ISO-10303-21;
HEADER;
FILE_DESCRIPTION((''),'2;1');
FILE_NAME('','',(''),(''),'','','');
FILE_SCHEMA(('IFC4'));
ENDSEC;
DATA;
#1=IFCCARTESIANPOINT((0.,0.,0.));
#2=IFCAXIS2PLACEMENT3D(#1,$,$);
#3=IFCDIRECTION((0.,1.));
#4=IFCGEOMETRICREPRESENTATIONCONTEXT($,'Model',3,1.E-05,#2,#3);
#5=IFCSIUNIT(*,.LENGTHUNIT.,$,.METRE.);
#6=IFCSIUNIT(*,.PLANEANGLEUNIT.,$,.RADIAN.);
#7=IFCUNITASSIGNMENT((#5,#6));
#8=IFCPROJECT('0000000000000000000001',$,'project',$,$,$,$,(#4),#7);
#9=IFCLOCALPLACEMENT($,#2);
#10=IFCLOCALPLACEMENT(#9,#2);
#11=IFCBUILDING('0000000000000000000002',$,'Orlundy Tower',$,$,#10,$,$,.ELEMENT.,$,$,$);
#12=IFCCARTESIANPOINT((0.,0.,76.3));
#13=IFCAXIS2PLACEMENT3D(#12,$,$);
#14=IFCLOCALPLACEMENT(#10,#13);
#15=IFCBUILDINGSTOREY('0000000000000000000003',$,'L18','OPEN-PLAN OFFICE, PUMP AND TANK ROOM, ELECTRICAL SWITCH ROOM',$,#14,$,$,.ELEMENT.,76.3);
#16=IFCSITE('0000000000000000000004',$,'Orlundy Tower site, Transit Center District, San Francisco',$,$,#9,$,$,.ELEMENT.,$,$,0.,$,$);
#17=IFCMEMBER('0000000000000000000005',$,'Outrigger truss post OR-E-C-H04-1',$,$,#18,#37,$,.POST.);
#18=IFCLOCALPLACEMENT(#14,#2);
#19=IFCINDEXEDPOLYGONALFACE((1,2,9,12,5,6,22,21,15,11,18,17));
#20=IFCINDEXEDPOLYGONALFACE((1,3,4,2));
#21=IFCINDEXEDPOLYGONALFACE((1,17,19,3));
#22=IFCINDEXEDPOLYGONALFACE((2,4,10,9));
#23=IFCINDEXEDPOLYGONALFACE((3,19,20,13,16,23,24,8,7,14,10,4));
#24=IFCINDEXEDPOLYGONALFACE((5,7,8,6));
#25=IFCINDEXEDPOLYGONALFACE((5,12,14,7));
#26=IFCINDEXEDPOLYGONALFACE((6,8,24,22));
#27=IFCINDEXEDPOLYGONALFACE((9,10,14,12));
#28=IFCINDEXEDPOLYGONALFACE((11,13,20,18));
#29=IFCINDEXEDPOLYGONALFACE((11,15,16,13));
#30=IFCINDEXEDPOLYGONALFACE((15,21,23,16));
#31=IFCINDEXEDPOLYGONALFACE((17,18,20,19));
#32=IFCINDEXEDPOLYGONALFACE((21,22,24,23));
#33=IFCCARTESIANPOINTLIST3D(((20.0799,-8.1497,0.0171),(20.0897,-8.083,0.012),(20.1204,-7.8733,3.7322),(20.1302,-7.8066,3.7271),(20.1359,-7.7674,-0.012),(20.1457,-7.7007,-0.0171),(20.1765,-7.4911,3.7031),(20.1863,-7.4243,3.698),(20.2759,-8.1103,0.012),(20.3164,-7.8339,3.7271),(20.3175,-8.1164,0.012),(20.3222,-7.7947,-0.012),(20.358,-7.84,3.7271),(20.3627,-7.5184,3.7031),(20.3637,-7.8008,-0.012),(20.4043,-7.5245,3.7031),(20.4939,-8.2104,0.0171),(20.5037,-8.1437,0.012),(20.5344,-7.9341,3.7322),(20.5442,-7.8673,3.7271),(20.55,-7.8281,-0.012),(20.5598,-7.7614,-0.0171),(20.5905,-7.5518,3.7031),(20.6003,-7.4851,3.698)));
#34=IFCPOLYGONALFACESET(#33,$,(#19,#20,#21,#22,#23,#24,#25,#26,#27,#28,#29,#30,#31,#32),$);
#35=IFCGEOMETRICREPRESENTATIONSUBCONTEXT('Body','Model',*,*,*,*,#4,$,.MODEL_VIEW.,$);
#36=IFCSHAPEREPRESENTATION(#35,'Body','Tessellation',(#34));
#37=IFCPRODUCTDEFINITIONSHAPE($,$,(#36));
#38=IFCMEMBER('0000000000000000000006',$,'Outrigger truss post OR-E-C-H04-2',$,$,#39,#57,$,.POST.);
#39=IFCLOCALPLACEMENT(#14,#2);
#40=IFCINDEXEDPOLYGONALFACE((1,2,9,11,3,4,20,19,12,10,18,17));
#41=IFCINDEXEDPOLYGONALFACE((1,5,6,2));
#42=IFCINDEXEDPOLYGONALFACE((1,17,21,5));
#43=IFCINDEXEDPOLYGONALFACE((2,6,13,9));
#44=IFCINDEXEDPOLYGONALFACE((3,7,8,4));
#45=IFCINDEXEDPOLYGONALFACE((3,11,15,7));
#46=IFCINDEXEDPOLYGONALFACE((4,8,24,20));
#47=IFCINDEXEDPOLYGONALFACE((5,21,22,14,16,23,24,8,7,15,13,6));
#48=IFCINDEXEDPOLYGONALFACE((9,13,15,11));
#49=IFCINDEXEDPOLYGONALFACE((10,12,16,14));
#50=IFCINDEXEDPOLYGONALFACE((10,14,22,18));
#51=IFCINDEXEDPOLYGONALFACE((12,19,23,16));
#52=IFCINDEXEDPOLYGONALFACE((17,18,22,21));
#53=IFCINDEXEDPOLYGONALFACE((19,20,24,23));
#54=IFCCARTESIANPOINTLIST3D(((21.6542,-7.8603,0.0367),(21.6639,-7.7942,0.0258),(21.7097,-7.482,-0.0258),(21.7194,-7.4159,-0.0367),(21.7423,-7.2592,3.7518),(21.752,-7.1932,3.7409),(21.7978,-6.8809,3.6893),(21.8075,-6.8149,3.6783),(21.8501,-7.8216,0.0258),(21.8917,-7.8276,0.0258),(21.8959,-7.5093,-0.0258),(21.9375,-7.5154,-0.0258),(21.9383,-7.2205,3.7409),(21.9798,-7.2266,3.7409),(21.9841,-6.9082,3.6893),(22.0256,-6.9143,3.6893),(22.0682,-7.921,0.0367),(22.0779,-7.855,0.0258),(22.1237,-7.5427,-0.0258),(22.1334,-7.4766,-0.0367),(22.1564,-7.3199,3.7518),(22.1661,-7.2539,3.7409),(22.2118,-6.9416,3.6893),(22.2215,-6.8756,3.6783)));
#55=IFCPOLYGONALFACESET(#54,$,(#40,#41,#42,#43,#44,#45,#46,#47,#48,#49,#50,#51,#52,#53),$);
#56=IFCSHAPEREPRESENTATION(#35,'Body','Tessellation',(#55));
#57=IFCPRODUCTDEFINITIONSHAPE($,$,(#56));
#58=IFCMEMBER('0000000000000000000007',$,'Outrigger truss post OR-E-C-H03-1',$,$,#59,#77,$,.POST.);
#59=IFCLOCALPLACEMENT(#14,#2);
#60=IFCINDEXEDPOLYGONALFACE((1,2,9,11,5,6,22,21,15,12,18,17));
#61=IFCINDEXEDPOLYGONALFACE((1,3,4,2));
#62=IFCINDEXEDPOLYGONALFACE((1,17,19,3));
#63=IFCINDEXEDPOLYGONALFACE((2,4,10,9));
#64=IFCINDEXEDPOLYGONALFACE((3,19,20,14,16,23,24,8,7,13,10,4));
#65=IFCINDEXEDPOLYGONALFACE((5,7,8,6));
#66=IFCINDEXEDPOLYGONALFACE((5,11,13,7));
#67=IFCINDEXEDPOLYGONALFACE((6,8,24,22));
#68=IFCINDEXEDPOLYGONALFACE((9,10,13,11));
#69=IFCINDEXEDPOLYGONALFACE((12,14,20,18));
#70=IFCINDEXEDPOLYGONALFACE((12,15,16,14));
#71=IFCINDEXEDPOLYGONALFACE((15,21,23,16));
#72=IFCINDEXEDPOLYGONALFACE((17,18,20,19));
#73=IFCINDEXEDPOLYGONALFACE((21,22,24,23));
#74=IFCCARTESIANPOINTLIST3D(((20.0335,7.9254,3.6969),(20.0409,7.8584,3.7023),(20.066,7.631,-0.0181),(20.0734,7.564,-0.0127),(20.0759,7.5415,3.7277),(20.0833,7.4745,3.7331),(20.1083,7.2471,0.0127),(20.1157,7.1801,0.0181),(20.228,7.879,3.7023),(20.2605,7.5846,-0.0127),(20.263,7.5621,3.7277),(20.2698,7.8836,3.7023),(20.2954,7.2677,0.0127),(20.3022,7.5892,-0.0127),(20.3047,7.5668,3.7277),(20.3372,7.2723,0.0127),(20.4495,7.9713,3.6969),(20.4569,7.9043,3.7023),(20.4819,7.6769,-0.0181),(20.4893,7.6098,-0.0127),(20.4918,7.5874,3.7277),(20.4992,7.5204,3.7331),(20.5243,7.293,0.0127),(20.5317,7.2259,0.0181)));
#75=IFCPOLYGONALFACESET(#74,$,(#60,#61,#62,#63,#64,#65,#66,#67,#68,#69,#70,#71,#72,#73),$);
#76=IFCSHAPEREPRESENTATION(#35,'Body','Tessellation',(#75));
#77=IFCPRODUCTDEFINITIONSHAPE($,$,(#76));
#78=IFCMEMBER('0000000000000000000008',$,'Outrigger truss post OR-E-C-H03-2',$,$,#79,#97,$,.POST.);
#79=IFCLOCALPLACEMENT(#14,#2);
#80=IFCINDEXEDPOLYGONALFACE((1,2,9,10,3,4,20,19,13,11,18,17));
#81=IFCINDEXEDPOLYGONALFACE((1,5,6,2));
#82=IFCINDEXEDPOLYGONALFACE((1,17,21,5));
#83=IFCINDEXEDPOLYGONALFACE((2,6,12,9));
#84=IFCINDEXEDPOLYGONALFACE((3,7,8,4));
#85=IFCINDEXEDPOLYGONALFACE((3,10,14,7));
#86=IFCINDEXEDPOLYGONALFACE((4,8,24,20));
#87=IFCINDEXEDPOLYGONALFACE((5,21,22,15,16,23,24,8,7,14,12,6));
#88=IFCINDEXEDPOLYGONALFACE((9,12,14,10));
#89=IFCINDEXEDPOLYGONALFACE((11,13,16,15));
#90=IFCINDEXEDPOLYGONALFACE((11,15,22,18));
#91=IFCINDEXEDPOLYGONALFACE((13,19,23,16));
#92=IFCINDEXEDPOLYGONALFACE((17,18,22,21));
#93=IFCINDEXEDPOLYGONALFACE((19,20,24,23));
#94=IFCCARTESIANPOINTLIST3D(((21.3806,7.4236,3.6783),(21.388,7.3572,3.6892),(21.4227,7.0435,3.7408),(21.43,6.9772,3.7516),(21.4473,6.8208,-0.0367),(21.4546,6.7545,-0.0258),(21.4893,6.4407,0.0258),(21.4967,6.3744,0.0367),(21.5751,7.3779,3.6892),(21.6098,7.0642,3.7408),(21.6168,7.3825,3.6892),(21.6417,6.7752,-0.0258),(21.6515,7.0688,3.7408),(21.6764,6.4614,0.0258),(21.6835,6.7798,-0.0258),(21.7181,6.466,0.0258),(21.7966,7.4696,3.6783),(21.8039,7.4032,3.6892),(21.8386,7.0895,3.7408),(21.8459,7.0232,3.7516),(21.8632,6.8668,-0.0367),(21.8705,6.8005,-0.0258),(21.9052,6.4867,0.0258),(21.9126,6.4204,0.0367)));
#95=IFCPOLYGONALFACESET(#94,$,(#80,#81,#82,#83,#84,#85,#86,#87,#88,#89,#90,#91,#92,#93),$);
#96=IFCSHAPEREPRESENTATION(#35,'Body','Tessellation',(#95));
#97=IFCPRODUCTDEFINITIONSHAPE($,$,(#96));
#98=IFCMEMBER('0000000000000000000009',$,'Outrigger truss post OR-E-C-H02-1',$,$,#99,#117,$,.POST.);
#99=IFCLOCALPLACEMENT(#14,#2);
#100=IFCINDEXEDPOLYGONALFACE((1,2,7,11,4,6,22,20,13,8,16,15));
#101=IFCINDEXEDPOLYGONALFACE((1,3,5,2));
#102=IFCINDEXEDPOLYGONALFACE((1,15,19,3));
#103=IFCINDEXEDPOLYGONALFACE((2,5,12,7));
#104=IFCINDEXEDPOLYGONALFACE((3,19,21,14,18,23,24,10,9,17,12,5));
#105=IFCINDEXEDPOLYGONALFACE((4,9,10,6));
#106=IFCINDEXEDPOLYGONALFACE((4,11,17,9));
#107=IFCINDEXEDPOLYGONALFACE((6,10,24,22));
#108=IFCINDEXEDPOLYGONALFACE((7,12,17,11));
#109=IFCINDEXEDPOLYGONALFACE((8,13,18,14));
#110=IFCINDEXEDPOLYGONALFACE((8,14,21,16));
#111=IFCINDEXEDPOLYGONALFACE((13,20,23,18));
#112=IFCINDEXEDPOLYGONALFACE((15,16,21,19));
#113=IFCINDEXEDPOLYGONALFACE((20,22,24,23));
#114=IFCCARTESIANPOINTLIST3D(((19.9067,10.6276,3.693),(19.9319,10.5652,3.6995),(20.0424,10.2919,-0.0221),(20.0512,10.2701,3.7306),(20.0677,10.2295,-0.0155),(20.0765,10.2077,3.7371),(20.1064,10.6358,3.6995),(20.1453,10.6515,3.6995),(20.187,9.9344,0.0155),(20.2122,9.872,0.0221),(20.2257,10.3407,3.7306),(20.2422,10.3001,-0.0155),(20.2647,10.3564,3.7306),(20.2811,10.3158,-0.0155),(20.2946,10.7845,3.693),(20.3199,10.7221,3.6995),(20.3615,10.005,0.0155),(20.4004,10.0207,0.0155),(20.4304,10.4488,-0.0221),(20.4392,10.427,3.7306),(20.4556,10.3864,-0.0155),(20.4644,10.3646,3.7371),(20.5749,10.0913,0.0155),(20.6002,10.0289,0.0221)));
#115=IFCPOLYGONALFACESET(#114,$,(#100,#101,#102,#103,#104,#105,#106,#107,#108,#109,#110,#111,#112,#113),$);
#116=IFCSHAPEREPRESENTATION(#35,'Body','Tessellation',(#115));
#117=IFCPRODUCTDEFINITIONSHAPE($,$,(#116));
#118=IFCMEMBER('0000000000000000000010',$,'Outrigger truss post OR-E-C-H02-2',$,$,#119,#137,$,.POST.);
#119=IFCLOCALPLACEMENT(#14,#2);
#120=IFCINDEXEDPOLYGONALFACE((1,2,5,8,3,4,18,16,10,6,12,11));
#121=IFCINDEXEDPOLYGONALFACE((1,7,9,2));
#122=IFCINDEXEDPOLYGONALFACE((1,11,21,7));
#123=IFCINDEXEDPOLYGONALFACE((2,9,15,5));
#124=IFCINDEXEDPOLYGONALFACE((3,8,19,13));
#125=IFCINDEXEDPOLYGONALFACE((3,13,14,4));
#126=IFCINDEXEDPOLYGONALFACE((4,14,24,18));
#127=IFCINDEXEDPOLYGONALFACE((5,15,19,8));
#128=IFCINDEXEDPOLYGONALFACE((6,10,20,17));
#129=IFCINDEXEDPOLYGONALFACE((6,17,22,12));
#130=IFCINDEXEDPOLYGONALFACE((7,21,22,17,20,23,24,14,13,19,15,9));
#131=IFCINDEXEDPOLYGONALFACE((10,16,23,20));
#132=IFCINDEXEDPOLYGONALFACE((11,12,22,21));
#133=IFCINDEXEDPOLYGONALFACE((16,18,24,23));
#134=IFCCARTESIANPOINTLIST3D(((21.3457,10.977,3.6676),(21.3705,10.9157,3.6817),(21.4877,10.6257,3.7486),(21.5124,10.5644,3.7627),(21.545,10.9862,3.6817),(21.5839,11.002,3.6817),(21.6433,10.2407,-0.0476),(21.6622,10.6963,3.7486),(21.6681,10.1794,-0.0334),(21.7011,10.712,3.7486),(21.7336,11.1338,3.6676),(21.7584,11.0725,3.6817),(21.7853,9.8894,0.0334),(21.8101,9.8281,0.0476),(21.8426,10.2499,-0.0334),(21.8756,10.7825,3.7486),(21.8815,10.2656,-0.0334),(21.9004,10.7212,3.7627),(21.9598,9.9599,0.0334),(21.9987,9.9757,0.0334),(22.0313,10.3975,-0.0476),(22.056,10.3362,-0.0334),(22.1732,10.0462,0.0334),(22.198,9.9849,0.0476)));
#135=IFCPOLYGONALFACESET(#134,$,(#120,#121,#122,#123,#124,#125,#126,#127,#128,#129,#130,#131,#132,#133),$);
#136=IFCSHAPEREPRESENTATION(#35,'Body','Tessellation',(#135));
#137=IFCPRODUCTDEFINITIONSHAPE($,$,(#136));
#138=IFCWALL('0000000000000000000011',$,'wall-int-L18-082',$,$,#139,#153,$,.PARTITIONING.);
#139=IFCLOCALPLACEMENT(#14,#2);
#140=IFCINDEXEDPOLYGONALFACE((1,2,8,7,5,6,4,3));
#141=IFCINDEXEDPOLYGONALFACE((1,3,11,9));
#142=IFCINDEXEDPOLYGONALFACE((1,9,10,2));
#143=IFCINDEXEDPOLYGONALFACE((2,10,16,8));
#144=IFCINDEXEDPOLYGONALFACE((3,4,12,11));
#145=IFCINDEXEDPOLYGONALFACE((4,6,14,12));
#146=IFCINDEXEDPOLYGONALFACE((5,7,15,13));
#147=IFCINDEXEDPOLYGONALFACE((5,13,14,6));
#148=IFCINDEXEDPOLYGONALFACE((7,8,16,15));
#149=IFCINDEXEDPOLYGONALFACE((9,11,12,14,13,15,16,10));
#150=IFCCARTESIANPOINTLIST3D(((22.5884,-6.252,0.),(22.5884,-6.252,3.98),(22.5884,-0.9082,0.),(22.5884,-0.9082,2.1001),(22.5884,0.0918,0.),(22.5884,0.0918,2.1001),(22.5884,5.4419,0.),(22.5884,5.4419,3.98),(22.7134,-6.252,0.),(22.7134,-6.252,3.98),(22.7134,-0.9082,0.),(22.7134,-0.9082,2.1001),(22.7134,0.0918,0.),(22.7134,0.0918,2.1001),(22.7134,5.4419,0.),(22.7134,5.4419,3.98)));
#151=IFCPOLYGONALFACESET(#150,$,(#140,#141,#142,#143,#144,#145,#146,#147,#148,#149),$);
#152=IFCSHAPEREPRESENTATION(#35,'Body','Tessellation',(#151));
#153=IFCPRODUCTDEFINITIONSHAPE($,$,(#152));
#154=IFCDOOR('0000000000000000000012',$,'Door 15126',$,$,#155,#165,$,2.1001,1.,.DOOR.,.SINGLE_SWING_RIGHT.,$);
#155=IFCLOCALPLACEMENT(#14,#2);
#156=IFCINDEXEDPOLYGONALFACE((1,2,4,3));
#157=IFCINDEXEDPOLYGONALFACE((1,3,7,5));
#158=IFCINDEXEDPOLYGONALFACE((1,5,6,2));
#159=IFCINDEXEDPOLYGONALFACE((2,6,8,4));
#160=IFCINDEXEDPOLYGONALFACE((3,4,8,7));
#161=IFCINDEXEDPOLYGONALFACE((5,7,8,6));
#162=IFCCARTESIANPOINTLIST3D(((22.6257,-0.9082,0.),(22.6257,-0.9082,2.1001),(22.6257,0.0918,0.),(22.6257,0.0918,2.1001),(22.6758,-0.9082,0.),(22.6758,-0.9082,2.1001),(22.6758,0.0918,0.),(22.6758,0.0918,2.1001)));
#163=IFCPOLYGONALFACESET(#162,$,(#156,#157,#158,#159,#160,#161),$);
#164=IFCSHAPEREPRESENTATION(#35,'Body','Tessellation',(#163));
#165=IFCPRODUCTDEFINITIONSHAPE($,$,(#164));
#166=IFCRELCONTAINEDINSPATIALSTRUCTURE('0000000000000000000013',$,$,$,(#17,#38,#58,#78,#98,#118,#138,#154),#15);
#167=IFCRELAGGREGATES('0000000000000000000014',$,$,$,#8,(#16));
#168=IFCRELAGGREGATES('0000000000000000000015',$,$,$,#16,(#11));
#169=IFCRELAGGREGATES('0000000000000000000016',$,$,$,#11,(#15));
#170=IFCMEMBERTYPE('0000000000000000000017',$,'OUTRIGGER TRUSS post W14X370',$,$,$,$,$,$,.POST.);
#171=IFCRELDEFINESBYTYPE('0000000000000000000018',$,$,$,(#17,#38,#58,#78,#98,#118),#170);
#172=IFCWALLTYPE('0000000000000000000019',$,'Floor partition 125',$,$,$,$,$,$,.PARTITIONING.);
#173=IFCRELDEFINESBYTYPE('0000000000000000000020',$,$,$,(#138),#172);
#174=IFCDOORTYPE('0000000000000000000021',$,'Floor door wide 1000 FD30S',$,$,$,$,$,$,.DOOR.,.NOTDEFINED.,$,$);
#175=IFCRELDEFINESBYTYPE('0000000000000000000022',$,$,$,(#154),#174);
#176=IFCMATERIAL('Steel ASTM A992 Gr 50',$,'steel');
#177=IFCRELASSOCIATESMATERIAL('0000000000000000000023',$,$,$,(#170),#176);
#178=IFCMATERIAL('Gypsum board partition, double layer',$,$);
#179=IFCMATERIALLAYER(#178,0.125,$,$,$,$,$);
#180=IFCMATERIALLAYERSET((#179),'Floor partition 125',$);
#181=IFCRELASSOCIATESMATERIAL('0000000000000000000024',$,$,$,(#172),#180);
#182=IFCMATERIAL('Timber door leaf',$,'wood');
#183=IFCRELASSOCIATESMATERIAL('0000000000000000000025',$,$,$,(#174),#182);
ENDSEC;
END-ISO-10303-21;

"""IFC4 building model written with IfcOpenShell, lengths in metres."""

from ifc_helpers import new_model, si_unit, direction, frame, frame_2d, origin, origin_2d, place, context, subcontext, project, spatial, rectangle, i_section, extrude, material, layer, layer_set, material_profile, profile_set, type_object, element, fill, save


model = new_model("IFC4")

# Units and contexts
model_context = context("Model", 3, precision=1e-05, world=origin(), true_north=direction((0.0, 1.0)))
body_context = subcontext(model_context, "Body", "Model", "MODEL_VIEW")
ifc_project = project(units=[si_unit("LENGTHUNIT", "METRE"), si_unit("PLANEANGLEUNIT", "RADIAN")], contexts=[model_context])

# Site, building, storey
site_placement = place(None, origin())
site = spatial("IfcSite", under=ifc_project, at=site_placement, Name="Orlundy Tower site, Transit Center District, San Francisco", CompositionType="ELEMENT", RefElevation=0.0)
building_placement = place(site_placement, origin())
building = spatial("IfcBuilding", under=site, at=building_placement, Name="Orlundy Tower", CompositionType="ELEMENT")
storey_placement = place(building_placement, frame((0.0, 0.0, 76.3)))
storey = spatial("IfcBuildingStorey", under=building, at=storey_placement, Name="L18", Description="OPEN-PLAN OFFICE, PUMP AND TANK ROOM, ELECTRICAL SWITCH ROOM", CompositionType="ELEMENT", Elevation=76.3)

# Members
ifc_material_1 = material(Name="Steel ASTM A992 Gr 50", Category="steel")
ifc_material_profile = material_profile(ifc_material_1, i_section(OverallWidth=0.4185, OverallDepth=0.4551, WebThickness=0.042, FlangeThickness=0.0676, at=origin_2d()), Name="W14X370")
ifc_profile_set = profile_set([ifc_material_profile], Name="Steel ASTM A992 Gr 50")
member_type = type_object("IfcMemberType", Name="OUTRIGGER TRUSS post W14X370", PredefinedType="POST", material=ifc_profile_set)
member_1_placement = place(storey_placement, frame((20.3198, -7.9556, 0.0), z_axis=(0.010878, 0.074181, 0.997185), x_axis=(-0.989418, 0.145091, 0.0)))
element("IfcMember", 1, at=member_1_placement, inside=storey, type_object=member_type, Name="Outrigger truss post OR-E-C-H04-1", PredefinedType="POST", context=body_context, shape_type="SweptSolid", body=[
    extrude(i_section(OverallWidth=0.4185, OverallDepth=0.4551, WebThickness=0.042, FlangeThickness=0.0676, at=origin_2d()), origin(), (0.0, 0.0, 1.0), 3.7256),
])
member_2_placement = place(storey_placement, frame((21.8938, -7.6685, 0.0), z_axis=(0.023413, 0.159672, 0.986892), x_axis=(-0.98942, 0.145077, 0.0)))
element("IfcMember", 2, at=member_2_placement, inside=storey, type_object=member_type, Name="Outrigger truss post OR-E-C-H04-2", PredefinedType="POST", context=body_context, shape_type="SweptSolid", body=[
    extrude(i_section(OverallWidth=0.4185, OverallDepth=0.4551, WebThickness=0.042, FlangeThickness=0.0676, at=origin_2d()), origin(), (0.0, 0.0, 1.0), 3.7644),
])
member_3_placement = place(storey_placement, frame((20.2988, 7.4285, 0.0), z_axis=(-0.008713, 0.079003, 0.996836), x_axis=(-0.993974, -0.109617, 0.0)))
element("IfcMember", 3, at=member_3_placement, inside=storey, type_object=member_type, Name="Outrigger truss post OR-E-C-H03-1", PredefinedType="POST", context=body_context, shape_type="SweptSolid", body=[
    extrude(i_section(OverallWidth=0.4185, OverallDepth=0.4551, WebThickness=0.042, FlangeThickness=0.0676, at=origin_2d()), origin(), (0.0, 0.0, 1.0), 3.7268),
])
member_4_placement = place(storey_placement, frame((21.6799, 6.6206, 0.0), z_axis=(-0.017706, 0.160133, 0.986937), x_axis=(-0.993943, -0.109901, 0.0)))
element("IfcMember", 4, at=member_4_placement, inside=storey, type_object=member_type, Name="Outrigger truss post OR-E-C-H03-2", PredefinedType="POST", context=body_context, shape_type="SweptSolid", body=[
    extrude(i_section(OverallWidth=0.4185, OverallDepth=0.4551, WebThickness=0.042, FlangeThickness=0.0676, at=origin_2d()), origin(), (0.0, 0.0, 1.0), 3.7642),
])
member_5_placement = place(storey_placement, frame((20.3213, 10.1604, 0.0), z_axis=(-0.036366, 0.089933, 0.995284), x_axis=(-0.927075, -0.374875, 0.0)))
element("IfcMember", 5, at=member_5_placement, inside=storey, type_object=member_type, Name="Outrigger truss post OR-E-C-H02-1", PredefinedType="POST", context=body_context, shape_type="SweptSolid", body=[
    extrude(i_section(OverallWidth=0.4185, OverallDepth=0.4551, WebThickness=0.042, FlangeThickness=0.0676, at=origin_2d()), origin(), (0.0, 0.0, 1.0), 3.7327),
])
member_6_placement = place(storey_placement, frame((21.9207, 10.1128, 0.0), z_axis=(-0.078338, 0.19382, 0.977904), x_axis=(-0.927135, -0.374727, 0.0)))
element("IfcMember", 6, at=member_6_placement, inside=storey, type_object=member_type, Name="Outrigger truss post OR-E-C-H02-2", PredefinedType="POST", context=body_context, shape_type="SweptSolid", body=[
    extrude(i_section(OverallWidth=0.4185, OverallDepth=0.4551, WebThickness=0.042, FlangeThickness=0.0676, at=origin_2d()), origin(), (0.0, 0.0, 1.0), 3.7991),
])

# Wall, opening, door
ifc_material_2 = material(Name="Gypsum board partition, double layer")
ifc_layer_1 = layer(ifc_material_2, 0.125)
ifc_layer_set_1 = layer_set([ifc_layer_1], Name="Floor partition 125")
wall_type_1 = type_object("IfcWallType", Name="Floor partition 125", PredefinedType="PARTITIONING", material=ifc_layer_set_1)
wall_1_placement = place(storey_placement, frame((22.6509, 5.4419, 0.0), z_axis=(0.0, 0.0, 1.0), x_axis=(0.0, -1.0, 0.0)))
wall_1 = element("IfcWall", 7, at=wall_1_placement, inside=storey, type_object=wall_type_1, Name="wall-int-L18-082", PredefinedType="PARTITIONING", context=body_context, shape_type="SweptSolid", body=[
    extrude(rectangle(XDim=11.6938, YDim=0.125, at=frame_2d((5.8469, 0.0))), origin(), (0.0, 0.0, 1.0), 3.98),
])
opening_1_placement = place(wall_1_placement, frame((5.3501, 0.0, 0.0)))
opening_1 = element("IfcOpeningElement", 8, at=opening_1_placement, cuts=wall_1, PredefinedType="OPENING", context=body_context, shape_type="SweptSolid", body=[
    extrude(rectangle(XDim=1.0, YDim=2.1001, at=frame_2d((0.5, 1.05))), frame((0.0, 0.0725, 0.0), z_axis=(0.0, -1.0, 0.0), x_axis=(1.0, 0.0, 0.0)), (0.0, 0.0, 1.0), 0.145),
])
ifc_material_3 = material(Name="Timber door leaf", Category="wood")
door_type_1 = type_object("IfcDoorType", Name="Floor door wide 1000 FD30S", OperationType="NOTDEFINED", PredefinedType="DOOR", material=ifc_material_3)
door_1_placement = place(opening_1_placement, origin())
door_1 = element("IfcDoor", 9, at=door_1_placement, inside=storey, type_object=door_type_1, Name="Door 15126", OperationType="SINGLE_SWING_RIGHT", OverallHeight=2.1001, OverallWidth=1.0, PredefinedType="DOOR", context=body_context, shape_type="SweptSolid", body=[
    extrude(rectangle(XDim=1.0, YDim=2.1001, at=frame_2d((0.5, 1.05))), frame((0.0, 0.0249, 0.0), z_axis=(0.0, -1.0, 0.0), x_axis=(1.0, 0.0, 0.0)), (0.0, 0.0, 1.0), 0.05),
])
fill(opening_1, door_1)

save(model, "model.ifc")
